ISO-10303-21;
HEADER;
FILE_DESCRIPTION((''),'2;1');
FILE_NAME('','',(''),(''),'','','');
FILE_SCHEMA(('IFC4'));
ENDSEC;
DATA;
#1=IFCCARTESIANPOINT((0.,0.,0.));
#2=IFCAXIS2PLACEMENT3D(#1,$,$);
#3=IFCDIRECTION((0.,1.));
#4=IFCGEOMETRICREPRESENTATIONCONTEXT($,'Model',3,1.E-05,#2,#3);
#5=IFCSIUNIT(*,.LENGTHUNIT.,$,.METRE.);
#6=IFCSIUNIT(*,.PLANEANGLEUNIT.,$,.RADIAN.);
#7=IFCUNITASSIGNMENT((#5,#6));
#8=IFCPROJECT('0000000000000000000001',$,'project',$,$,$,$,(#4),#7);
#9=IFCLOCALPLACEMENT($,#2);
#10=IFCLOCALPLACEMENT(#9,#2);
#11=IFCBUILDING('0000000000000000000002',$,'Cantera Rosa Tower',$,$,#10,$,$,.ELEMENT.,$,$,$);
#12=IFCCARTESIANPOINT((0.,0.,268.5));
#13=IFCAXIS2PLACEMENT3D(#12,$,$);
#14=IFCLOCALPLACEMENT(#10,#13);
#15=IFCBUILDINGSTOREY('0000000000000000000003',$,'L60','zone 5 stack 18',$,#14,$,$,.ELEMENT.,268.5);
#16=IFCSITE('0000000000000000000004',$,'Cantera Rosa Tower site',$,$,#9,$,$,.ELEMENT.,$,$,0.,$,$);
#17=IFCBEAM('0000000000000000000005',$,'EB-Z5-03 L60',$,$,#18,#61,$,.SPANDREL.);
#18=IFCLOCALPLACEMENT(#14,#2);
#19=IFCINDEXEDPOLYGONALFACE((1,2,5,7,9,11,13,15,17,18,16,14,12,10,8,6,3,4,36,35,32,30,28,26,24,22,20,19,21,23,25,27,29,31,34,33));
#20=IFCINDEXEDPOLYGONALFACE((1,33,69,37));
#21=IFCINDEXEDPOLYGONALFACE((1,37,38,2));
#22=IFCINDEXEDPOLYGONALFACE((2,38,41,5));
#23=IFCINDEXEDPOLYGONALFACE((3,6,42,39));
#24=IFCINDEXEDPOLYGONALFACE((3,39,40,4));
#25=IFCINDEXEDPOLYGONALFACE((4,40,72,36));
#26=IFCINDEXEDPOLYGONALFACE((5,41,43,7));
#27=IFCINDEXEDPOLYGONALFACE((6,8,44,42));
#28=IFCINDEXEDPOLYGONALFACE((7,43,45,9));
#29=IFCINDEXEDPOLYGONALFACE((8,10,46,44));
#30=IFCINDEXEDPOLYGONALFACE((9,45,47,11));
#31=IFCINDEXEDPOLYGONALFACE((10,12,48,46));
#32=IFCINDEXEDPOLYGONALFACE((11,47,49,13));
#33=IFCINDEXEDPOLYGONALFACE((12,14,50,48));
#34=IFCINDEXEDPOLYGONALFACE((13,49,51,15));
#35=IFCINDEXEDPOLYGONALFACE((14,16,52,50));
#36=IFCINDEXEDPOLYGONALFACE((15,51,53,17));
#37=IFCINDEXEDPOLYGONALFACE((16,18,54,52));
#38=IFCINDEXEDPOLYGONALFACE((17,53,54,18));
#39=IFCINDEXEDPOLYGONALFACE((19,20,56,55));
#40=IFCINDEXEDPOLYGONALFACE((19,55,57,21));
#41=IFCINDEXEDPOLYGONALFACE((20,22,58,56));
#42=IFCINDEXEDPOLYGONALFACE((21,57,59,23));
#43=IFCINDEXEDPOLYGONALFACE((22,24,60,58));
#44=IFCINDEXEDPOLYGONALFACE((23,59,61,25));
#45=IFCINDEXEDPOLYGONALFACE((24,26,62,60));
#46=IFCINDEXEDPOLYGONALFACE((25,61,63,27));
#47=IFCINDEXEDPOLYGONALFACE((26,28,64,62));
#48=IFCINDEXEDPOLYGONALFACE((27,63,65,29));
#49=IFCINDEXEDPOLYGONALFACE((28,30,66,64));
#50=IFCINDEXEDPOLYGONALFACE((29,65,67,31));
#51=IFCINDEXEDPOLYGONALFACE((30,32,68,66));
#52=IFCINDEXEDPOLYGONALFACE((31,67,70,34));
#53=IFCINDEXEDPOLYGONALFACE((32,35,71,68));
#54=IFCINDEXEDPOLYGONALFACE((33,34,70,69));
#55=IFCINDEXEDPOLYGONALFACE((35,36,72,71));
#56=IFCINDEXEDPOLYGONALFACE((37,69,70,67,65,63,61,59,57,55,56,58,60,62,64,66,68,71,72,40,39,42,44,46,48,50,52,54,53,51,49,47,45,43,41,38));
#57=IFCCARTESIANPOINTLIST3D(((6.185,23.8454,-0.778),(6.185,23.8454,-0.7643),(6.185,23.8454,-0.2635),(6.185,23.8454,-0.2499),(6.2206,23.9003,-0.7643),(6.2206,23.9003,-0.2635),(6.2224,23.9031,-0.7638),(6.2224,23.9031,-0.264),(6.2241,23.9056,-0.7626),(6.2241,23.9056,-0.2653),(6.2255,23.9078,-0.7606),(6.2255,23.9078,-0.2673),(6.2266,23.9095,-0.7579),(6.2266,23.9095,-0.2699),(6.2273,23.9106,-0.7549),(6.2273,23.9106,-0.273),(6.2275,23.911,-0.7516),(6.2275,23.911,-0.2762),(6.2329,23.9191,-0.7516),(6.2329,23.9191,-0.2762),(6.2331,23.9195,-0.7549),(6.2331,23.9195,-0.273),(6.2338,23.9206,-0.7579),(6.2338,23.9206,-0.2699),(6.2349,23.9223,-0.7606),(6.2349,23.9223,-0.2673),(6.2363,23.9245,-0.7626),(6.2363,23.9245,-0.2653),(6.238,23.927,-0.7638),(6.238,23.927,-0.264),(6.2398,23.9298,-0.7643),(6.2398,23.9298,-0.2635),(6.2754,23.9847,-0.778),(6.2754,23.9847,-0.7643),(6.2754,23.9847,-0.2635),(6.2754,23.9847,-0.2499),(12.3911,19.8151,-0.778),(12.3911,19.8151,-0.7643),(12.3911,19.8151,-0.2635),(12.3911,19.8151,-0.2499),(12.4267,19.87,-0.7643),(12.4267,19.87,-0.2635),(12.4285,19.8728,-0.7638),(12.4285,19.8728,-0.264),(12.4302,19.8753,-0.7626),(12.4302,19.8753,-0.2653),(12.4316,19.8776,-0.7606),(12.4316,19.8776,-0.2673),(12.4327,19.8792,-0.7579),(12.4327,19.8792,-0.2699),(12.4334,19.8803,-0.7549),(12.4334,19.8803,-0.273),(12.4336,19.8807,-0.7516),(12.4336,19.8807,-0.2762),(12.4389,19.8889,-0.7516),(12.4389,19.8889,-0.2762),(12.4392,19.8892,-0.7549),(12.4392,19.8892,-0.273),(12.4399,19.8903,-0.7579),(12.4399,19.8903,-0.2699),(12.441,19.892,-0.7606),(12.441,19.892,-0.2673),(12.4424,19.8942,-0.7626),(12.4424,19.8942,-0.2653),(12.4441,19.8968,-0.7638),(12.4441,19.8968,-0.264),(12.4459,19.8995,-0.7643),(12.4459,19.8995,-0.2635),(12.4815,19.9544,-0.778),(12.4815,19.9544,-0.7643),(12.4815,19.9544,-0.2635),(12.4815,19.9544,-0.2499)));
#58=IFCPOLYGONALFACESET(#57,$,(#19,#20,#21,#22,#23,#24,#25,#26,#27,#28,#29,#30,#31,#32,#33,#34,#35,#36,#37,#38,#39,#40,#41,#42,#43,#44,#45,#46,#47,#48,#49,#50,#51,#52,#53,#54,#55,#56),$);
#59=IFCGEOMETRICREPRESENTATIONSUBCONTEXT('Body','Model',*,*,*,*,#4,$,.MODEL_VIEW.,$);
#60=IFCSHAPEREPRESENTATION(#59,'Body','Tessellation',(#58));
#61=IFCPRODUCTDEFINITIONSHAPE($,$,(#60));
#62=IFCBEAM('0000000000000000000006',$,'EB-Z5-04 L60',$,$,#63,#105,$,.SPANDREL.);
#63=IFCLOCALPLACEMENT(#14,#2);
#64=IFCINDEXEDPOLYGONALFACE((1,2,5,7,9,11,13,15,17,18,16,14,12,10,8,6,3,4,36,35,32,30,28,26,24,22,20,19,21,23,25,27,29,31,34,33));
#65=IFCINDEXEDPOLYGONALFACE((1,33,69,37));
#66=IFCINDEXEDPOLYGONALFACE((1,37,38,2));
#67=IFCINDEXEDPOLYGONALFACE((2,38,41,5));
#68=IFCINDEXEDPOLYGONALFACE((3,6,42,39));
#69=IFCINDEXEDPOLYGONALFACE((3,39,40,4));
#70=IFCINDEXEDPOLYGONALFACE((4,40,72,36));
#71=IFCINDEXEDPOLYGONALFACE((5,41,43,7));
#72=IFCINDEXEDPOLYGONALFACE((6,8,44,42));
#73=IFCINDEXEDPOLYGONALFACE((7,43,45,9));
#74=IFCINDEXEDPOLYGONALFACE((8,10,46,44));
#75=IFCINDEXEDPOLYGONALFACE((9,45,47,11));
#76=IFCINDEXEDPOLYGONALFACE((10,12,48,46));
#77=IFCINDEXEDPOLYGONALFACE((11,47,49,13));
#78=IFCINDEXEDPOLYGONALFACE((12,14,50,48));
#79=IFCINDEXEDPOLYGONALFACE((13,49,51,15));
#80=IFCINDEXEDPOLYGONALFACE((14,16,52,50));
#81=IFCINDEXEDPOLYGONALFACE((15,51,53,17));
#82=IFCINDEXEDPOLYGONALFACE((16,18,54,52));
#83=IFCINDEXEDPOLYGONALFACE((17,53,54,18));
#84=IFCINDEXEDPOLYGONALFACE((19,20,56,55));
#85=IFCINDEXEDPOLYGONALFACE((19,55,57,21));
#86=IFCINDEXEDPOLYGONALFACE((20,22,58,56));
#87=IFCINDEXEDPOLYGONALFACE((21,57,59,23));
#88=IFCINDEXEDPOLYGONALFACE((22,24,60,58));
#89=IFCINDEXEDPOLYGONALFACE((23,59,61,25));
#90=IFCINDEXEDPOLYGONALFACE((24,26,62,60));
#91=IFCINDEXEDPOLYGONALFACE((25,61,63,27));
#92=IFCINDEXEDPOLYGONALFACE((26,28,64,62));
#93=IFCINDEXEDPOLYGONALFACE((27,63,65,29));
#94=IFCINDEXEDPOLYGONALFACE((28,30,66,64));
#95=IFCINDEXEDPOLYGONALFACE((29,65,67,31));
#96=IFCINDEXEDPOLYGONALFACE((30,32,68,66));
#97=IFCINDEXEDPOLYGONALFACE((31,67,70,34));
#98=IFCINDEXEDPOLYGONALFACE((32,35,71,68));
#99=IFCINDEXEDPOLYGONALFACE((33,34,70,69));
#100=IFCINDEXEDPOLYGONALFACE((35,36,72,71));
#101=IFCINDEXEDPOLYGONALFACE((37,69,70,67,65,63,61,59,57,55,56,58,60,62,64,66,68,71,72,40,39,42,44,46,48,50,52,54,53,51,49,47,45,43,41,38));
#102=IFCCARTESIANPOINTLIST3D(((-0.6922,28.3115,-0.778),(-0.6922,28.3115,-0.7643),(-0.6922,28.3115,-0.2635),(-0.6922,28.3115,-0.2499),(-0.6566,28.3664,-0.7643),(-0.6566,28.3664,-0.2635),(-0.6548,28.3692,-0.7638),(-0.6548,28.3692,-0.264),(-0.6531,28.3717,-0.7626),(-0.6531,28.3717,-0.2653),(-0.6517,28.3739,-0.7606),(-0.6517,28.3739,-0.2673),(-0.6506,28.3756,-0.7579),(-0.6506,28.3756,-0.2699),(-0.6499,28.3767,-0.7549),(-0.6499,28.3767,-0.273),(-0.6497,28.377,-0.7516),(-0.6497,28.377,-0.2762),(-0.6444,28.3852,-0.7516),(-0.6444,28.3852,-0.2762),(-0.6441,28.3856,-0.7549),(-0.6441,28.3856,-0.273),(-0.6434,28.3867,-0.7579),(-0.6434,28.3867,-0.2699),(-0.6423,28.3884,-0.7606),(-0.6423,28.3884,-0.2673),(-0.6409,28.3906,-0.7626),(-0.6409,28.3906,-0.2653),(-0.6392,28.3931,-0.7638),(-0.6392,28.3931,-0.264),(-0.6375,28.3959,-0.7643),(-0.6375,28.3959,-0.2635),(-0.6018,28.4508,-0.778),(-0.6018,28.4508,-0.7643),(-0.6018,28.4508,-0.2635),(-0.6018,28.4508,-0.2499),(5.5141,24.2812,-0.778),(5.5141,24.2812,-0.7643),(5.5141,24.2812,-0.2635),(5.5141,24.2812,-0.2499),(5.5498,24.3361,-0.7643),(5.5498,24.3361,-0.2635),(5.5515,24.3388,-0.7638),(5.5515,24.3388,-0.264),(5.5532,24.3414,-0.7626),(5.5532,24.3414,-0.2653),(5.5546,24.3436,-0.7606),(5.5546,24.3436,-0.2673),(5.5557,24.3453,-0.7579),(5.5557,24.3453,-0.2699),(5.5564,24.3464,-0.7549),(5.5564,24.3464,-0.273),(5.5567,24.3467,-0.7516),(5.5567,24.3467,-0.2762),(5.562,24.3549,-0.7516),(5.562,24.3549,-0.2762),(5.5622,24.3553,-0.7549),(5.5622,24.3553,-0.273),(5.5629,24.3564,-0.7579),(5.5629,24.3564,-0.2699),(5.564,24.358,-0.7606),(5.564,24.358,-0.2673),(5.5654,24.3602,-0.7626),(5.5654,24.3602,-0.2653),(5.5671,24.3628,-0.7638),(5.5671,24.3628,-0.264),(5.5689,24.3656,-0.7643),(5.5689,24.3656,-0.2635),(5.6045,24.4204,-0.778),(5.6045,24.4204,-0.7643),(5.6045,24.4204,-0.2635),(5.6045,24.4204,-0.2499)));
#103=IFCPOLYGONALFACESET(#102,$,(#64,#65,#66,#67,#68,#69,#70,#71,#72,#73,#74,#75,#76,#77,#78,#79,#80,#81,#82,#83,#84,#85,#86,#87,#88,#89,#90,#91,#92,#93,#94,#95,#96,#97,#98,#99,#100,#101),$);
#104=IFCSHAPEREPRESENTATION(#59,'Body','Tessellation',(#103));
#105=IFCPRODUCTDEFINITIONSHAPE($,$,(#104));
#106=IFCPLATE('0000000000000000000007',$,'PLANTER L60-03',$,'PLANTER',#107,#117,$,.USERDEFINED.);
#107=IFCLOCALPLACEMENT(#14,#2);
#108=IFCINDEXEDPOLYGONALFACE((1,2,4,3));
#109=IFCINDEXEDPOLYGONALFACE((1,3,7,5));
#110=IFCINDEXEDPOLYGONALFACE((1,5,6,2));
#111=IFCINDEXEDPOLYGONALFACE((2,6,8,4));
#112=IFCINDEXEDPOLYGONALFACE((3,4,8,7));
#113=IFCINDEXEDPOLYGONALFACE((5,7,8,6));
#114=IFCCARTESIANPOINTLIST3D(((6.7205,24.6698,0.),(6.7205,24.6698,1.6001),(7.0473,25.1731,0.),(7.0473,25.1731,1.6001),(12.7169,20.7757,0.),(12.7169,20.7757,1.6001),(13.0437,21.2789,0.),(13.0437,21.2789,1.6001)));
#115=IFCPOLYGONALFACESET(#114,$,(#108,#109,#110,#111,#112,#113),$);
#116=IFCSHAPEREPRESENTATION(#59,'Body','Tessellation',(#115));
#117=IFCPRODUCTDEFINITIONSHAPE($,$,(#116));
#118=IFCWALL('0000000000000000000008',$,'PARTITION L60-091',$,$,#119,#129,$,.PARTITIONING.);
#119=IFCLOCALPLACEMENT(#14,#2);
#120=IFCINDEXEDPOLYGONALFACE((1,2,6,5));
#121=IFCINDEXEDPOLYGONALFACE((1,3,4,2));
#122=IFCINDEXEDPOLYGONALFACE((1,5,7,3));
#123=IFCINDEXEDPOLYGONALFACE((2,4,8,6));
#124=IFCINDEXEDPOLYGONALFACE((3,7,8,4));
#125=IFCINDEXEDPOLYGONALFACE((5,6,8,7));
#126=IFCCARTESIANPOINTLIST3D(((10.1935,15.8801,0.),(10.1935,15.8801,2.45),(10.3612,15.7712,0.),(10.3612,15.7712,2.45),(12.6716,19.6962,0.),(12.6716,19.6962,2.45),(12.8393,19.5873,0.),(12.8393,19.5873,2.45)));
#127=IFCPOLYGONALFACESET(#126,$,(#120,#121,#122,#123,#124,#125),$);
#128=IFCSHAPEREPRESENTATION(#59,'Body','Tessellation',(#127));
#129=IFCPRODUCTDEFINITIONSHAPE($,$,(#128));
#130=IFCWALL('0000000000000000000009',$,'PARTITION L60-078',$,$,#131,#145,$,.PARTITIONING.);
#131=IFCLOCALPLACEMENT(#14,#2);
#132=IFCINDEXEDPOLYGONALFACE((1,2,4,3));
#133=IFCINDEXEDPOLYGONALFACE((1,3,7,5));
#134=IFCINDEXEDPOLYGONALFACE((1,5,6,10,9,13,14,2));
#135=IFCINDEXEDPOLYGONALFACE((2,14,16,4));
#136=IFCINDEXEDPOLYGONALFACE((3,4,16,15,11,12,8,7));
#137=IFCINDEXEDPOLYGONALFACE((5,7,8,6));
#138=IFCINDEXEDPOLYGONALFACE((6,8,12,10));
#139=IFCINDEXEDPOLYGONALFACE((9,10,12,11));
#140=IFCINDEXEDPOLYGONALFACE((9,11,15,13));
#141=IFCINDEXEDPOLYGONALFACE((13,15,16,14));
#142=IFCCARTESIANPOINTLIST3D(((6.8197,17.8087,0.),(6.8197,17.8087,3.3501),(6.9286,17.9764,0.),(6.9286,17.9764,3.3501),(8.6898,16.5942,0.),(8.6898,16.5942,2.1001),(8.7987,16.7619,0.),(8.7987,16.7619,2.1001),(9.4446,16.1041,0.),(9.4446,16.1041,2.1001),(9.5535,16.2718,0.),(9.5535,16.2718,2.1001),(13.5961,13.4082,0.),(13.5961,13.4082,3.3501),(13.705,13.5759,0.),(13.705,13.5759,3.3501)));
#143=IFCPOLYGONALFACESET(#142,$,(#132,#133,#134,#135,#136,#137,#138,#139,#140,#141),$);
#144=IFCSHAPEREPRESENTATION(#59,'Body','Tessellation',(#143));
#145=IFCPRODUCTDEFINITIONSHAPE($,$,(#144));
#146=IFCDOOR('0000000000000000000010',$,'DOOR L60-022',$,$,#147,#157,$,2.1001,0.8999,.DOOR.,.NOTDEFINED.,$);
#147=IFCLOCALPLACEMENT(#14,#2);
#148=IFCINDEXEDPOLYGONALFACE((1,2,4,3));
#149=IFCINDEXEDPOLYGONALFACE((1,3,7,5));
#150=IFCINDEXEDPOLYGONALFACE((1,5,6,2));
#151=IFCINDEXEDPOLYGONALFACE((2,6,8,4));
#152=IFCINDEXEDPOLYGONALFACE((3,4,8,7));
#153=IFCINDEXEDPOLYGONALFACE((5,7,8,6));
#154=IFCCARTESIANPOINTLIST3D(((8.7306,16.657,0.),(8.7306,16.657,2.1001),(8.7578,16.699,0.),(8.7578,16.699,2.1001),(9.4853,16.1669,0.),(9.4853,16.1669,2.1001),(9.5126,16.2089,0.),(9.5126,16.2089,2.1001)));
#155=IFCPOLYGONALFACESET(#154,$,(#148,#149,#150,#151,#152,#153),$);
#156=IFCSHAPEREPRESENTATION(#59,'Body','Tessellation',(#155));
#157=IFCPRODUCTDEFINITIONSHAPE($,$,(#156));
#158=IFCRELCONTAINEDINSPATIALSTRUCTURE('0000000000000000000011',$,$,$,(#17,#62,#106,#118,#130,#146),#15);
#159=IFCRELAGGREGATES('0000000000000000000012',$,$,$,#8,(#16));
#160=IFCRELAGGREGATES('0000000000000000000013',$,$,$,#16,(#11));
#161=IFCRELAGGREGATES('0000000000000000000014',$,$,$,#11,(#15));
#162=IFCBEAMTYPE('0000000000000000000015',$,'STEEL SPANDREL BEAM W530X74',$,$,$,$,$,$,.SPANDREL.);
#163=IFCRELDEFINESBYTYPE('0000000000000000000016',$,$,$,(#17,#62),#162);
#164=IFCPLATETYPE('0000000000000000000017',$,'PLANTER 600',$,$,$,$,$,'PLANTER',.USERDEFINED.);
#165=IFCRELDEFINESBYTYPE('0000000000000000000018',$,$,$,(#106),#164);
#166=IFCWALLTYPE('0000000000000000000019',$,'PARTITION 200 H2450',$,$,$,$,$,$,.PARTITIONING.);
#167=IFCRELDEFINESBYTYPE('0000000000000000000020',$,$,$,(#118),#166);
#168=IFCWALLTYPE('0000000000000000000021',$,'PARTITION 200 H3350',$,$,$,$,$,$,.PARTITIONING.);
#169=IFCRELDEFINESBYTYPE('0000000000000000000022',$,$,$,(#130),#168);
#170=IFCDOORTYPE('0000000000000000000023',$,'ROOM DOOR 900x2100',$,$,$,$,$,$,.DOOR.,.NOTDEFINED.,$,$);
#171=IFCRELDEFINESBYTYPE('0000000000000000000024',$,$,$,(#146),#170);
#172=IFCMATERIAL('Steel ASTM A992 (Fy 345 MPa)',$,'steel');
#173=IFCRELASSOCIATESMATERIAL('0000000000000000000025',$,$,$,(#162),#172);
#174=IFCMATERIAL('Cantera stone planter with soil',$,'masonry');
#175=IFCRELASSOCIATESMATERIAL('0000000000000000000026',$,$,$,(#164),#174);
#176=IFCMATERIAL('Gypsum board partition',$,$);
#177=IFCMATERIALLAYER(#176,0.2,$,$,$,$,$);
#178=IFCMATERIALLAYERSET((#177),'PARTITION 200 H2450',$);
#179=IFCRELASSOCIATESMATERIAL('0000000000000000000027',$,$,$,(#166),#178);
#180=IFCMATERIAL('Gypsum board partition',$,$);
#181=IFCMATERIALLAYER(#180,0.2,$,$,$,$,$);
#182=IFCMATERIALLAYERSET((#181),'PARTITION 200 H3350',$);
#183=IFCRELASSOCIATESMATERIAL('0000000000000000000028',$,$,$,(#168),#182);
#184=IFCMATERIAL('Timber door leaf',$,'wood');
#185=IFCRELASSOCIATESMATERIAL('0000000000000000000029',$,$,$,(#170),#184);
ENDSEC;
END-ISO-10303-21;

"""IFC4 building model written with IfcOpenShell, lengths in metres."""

from ifc_helpers import new_model, si_unit, direction, frame, frame_2d, origin, origin_2d, place, context, subcontext, project, spatial, rectangle, i_section, extrude, material, layer, layer_set, material_profile, profile_set, type_object, element, fill, save


model = new_model("IFC4")

# Units and contexts
model_context = context("Model", 3, precision=1e-05, world=origin(), true_north=direction((0.0, 1.0)))
body_context = subcontext(model_context, "Body", "Model", "MODEL_VIEW")
ifc_project = project(units=[si_unit("LENGTHUNIT", "METRE"), si_unit("PLANEANGLEUNIT", "RADIAN")], contexts=[model_context])

# Site, building, storey
site_placement = place(None, origin())
site = spatial("IfcSite", under=ifc_project, at=site_placement, Name="Cantera Rosa Tower site", CompositionType="ELEMENT", RefElevation=0.0)
building_placement = place(site_placement, origin())
building = spatial("IfcBuilding", under=site, at=building_placement, Name="Cantera Rosa Tower", CompositionType="ELEMENT")
storey_placement = place(building_placement, frame((0.0, 0.0, 268.5)))
storey = spatial("IfcBuildingStorey", under=building, at=storey_placement, Name="L60", Description="zone 5 stack 18", CompositionType="ELEMENT", Elevation=268.5)

# Beams
ifc_material_1 = material(Name="Steel ASTM A992 (Fy 345 MPa)", Category="steel")
ifc_material_profile_1 = material_profile(ifc_material_1, i_section(OverallWidth=0.166, OverallDepth=0.5281, WebThickness=0.0098, FlangeThickness=0.0137, FilletRadius=0.0127, at=origin_2d()), Name="W530X74")
ifc_profile_set_1 = profile_set([ifc_material_profile_1], Name="Steel ASTM A992 (Fy 345 MPa)")
beam_type_1 = type_object("IfcBeamType", Name="STEEL SPANDREL BEAM W530X74", PredefinedType="SPANDREL", material=ifc_profile_set_1)
beam_1_placement = place(storey_placement, frame((12.4363, 19.8848, -0.5139), z_axis=(-0.83867, 0.54464, 0.0), x_axis=(-0.54464, -0.83867, 0.0)))
element("IfcBeam", 1, at=beam_1_placement, inside=storey, type_object=beam_type_1, Name="EB-Z5-03 L60", PredefinedType="SPANDREL", context=body_context, shape_type="SweptSolid", body=[
    extrude(i_section(OverallWidth=0.166, OverallDepth=0.5281, WebThickness=0.0098, FlangeThickness=0.0137, FilletRadius=0.0127, at=origin_2d()), origin(), (0.0, 0.0, 1.0), 7.3999),
])
beam_2_placement = place(storey_placement, frame((5.5593, 24.3508, -0.5139), z_axis=(-0.838679, 0.544625, 0.0), x_axis=(-0.544625, -0.838679, 0.0)))
element("IfcBeam", 2, at=beam_2_placement, inside=storey, type_object=beam_type_1, Name="EB-Z5-04 L60", PredefinedType="SPANDREL", context=body_context, shape_type="SweptSolid", body=[
    extrude(i_section(OverallWidth=0.166, OverallDepth=0.5281, WebThickness=0.0098, FlangeThickness=0.0137, FilletRadius=0.0127, at=origin_2d()), origin(), (0.0, 0.0, 1.0), 7.4001),
])

# Plate
ifc_material_2 = material(Name="Cantera stone planter with soil", Category="masonry")
plate_type = type_object("IfcPlateType", Name="PLANTER 600", ElementType="PLANTER", PredefinedType="USERDEFINED", material=ifc_material_2)
plate_placement = place(storey_placement, frame((9.8821, 22.9744, 0.0), z_axis=(0.0, 0.0, 1.0), x_axis=(-0.838671, 0.544639, 0.0)))
element("IfcPlate", 3, at=plate_placement, inside=storey, type_object=plate_type, Name="PLANTER L60-03", ObjectType="PLANTER", PredefinedType="USERDEFINED", context=body_context, shape_type="SweptSolid", body=[
    extrude(rectangle(XDim=7.1499, YDim=0.6001, at=origin_2d()), origin(), (0.0, 0.0, 1.0), 1.6001),
])

# Wall
ifc_material_3 = material(Name="Gypsum board partition")
ifc_layer_1 = layer(ifc_material_3, 0.2)
ifc_layer_set_1 = layer_set([ifc_layer_1], Name="PARTITION 200 H2450")
wall_type_1 = type_object("IfcWallType", Name="PARTITION 200 H2450", PredefinedType="PARTITIONING", material=ifc_layer_set_1)
wall_1_placement = place(storey_placement, frame((12.7554, 19.6416, 0.0), z_axis=(0.0, 0.0, 1.0), x_axis=(-0.54463, -0.838676, 0.0)))
element("IfcWall", 4, at=wall_1_placement, inside=storey, type_object=wall_type_1, Name="PARTITION L60-091", PredefinedType="PARTITIONING", context=body_context, shape_type="SweptSolid", body=[
    extrude(rectangle(XDim=4.55, YDim=0.2, at=frame_2d((2.2749, 0.0))), origin(), (0.0, 0.0, 1.0), 2.45),
])

# Wall, opening, door
ifc_material_4 = material(Name="Gypsum board partition")
ifc_layer_2 = layer(ifc_material_4, 0.2)
ifc_layer_set_2 = layer_set([ifc_layer_2], Name="PARTITION 200 H3350")
wall_type_2 = type_object("IfcWallType", Name="PARTITION 200 H3350", PredefinedType="PARTITIONING", material=ifc_layer_set_2)
wall_2_placement = place(storey_placement, frame((6.874, 17.8926, 0.0), z_axis=(0.0, 0.0, 1.0), x_axis=(0.838684, -0.544619, 0.0)))
wall_2 = element("IfcWall", 5, at=wall_2_placement, inside=storey, type_object=wall_type_2, Name="PARTITION L60-078", PredefinedType="PARTITIONING", context=body_context, shape_type="SweptSolid", body=[
    extrude(rectangle(XDim=8.0798, YDim=0.2, at=frame_2d((4.04, 0.0))), origin(), (0.0, 0.0, 1.0), 3.3501),
])
opening_1_placement = place(wall_2_placement, frame((2.23, 0.0, 0.0)))
opening_1 = element("IfcOpeningElement", 6, at=opening_1_placement, cuts=wall_2, PredefinedType="OPENING", context=body_context, shape_type="SweptSolid", body=[
    extrude(rectangle(XDim=0.8999, YDim=2.1001, at=frame_2d((0.45, 1.05))), frame((0.0, 0.1099, 0.0), z_axis=(0.0, -1.0, 0.0), x_axis=(1.0, 0.0, 0.0)), (0.0, 0.0, 1.0), 0.22),
])
ifc_material_5 = material(Name="Timber door leaf", Category="wood")
door_type_1 = type_object("IfcDoorType", Name="ROOM DOOR 900x2100", OperationType="NOTDEFINED", PredefinedType="DOOR", material=ifc_material_5)
door_1_placement = place(opening_1_placement, origin())
door_1 = element("IfcDoor", 7, at=door_1_placement, inside=storey, type_object=door_type_1, Name="DOOR L60-022", OperationType="NOTDEFINED", OverallHeight=2.1001, OverallWidth=0.8999, PredefinedType="DOOR", context=body_context, shape_type="SweptSolid", body=[
    extrude(rectangle(XDim=0.8999, YDim=2.1001, at=frame_2d((0.45, 1.05))), frame((0.0, 0.0249, 0.0), z_axis=(0.0, -1.0, 0.0), x_axis=(1.0, 0.0, 0.0)), (0.0, 0.0, 1.0), 0.05),
])
fill(opening_1, door_1)

save(model, "model.ifc")
